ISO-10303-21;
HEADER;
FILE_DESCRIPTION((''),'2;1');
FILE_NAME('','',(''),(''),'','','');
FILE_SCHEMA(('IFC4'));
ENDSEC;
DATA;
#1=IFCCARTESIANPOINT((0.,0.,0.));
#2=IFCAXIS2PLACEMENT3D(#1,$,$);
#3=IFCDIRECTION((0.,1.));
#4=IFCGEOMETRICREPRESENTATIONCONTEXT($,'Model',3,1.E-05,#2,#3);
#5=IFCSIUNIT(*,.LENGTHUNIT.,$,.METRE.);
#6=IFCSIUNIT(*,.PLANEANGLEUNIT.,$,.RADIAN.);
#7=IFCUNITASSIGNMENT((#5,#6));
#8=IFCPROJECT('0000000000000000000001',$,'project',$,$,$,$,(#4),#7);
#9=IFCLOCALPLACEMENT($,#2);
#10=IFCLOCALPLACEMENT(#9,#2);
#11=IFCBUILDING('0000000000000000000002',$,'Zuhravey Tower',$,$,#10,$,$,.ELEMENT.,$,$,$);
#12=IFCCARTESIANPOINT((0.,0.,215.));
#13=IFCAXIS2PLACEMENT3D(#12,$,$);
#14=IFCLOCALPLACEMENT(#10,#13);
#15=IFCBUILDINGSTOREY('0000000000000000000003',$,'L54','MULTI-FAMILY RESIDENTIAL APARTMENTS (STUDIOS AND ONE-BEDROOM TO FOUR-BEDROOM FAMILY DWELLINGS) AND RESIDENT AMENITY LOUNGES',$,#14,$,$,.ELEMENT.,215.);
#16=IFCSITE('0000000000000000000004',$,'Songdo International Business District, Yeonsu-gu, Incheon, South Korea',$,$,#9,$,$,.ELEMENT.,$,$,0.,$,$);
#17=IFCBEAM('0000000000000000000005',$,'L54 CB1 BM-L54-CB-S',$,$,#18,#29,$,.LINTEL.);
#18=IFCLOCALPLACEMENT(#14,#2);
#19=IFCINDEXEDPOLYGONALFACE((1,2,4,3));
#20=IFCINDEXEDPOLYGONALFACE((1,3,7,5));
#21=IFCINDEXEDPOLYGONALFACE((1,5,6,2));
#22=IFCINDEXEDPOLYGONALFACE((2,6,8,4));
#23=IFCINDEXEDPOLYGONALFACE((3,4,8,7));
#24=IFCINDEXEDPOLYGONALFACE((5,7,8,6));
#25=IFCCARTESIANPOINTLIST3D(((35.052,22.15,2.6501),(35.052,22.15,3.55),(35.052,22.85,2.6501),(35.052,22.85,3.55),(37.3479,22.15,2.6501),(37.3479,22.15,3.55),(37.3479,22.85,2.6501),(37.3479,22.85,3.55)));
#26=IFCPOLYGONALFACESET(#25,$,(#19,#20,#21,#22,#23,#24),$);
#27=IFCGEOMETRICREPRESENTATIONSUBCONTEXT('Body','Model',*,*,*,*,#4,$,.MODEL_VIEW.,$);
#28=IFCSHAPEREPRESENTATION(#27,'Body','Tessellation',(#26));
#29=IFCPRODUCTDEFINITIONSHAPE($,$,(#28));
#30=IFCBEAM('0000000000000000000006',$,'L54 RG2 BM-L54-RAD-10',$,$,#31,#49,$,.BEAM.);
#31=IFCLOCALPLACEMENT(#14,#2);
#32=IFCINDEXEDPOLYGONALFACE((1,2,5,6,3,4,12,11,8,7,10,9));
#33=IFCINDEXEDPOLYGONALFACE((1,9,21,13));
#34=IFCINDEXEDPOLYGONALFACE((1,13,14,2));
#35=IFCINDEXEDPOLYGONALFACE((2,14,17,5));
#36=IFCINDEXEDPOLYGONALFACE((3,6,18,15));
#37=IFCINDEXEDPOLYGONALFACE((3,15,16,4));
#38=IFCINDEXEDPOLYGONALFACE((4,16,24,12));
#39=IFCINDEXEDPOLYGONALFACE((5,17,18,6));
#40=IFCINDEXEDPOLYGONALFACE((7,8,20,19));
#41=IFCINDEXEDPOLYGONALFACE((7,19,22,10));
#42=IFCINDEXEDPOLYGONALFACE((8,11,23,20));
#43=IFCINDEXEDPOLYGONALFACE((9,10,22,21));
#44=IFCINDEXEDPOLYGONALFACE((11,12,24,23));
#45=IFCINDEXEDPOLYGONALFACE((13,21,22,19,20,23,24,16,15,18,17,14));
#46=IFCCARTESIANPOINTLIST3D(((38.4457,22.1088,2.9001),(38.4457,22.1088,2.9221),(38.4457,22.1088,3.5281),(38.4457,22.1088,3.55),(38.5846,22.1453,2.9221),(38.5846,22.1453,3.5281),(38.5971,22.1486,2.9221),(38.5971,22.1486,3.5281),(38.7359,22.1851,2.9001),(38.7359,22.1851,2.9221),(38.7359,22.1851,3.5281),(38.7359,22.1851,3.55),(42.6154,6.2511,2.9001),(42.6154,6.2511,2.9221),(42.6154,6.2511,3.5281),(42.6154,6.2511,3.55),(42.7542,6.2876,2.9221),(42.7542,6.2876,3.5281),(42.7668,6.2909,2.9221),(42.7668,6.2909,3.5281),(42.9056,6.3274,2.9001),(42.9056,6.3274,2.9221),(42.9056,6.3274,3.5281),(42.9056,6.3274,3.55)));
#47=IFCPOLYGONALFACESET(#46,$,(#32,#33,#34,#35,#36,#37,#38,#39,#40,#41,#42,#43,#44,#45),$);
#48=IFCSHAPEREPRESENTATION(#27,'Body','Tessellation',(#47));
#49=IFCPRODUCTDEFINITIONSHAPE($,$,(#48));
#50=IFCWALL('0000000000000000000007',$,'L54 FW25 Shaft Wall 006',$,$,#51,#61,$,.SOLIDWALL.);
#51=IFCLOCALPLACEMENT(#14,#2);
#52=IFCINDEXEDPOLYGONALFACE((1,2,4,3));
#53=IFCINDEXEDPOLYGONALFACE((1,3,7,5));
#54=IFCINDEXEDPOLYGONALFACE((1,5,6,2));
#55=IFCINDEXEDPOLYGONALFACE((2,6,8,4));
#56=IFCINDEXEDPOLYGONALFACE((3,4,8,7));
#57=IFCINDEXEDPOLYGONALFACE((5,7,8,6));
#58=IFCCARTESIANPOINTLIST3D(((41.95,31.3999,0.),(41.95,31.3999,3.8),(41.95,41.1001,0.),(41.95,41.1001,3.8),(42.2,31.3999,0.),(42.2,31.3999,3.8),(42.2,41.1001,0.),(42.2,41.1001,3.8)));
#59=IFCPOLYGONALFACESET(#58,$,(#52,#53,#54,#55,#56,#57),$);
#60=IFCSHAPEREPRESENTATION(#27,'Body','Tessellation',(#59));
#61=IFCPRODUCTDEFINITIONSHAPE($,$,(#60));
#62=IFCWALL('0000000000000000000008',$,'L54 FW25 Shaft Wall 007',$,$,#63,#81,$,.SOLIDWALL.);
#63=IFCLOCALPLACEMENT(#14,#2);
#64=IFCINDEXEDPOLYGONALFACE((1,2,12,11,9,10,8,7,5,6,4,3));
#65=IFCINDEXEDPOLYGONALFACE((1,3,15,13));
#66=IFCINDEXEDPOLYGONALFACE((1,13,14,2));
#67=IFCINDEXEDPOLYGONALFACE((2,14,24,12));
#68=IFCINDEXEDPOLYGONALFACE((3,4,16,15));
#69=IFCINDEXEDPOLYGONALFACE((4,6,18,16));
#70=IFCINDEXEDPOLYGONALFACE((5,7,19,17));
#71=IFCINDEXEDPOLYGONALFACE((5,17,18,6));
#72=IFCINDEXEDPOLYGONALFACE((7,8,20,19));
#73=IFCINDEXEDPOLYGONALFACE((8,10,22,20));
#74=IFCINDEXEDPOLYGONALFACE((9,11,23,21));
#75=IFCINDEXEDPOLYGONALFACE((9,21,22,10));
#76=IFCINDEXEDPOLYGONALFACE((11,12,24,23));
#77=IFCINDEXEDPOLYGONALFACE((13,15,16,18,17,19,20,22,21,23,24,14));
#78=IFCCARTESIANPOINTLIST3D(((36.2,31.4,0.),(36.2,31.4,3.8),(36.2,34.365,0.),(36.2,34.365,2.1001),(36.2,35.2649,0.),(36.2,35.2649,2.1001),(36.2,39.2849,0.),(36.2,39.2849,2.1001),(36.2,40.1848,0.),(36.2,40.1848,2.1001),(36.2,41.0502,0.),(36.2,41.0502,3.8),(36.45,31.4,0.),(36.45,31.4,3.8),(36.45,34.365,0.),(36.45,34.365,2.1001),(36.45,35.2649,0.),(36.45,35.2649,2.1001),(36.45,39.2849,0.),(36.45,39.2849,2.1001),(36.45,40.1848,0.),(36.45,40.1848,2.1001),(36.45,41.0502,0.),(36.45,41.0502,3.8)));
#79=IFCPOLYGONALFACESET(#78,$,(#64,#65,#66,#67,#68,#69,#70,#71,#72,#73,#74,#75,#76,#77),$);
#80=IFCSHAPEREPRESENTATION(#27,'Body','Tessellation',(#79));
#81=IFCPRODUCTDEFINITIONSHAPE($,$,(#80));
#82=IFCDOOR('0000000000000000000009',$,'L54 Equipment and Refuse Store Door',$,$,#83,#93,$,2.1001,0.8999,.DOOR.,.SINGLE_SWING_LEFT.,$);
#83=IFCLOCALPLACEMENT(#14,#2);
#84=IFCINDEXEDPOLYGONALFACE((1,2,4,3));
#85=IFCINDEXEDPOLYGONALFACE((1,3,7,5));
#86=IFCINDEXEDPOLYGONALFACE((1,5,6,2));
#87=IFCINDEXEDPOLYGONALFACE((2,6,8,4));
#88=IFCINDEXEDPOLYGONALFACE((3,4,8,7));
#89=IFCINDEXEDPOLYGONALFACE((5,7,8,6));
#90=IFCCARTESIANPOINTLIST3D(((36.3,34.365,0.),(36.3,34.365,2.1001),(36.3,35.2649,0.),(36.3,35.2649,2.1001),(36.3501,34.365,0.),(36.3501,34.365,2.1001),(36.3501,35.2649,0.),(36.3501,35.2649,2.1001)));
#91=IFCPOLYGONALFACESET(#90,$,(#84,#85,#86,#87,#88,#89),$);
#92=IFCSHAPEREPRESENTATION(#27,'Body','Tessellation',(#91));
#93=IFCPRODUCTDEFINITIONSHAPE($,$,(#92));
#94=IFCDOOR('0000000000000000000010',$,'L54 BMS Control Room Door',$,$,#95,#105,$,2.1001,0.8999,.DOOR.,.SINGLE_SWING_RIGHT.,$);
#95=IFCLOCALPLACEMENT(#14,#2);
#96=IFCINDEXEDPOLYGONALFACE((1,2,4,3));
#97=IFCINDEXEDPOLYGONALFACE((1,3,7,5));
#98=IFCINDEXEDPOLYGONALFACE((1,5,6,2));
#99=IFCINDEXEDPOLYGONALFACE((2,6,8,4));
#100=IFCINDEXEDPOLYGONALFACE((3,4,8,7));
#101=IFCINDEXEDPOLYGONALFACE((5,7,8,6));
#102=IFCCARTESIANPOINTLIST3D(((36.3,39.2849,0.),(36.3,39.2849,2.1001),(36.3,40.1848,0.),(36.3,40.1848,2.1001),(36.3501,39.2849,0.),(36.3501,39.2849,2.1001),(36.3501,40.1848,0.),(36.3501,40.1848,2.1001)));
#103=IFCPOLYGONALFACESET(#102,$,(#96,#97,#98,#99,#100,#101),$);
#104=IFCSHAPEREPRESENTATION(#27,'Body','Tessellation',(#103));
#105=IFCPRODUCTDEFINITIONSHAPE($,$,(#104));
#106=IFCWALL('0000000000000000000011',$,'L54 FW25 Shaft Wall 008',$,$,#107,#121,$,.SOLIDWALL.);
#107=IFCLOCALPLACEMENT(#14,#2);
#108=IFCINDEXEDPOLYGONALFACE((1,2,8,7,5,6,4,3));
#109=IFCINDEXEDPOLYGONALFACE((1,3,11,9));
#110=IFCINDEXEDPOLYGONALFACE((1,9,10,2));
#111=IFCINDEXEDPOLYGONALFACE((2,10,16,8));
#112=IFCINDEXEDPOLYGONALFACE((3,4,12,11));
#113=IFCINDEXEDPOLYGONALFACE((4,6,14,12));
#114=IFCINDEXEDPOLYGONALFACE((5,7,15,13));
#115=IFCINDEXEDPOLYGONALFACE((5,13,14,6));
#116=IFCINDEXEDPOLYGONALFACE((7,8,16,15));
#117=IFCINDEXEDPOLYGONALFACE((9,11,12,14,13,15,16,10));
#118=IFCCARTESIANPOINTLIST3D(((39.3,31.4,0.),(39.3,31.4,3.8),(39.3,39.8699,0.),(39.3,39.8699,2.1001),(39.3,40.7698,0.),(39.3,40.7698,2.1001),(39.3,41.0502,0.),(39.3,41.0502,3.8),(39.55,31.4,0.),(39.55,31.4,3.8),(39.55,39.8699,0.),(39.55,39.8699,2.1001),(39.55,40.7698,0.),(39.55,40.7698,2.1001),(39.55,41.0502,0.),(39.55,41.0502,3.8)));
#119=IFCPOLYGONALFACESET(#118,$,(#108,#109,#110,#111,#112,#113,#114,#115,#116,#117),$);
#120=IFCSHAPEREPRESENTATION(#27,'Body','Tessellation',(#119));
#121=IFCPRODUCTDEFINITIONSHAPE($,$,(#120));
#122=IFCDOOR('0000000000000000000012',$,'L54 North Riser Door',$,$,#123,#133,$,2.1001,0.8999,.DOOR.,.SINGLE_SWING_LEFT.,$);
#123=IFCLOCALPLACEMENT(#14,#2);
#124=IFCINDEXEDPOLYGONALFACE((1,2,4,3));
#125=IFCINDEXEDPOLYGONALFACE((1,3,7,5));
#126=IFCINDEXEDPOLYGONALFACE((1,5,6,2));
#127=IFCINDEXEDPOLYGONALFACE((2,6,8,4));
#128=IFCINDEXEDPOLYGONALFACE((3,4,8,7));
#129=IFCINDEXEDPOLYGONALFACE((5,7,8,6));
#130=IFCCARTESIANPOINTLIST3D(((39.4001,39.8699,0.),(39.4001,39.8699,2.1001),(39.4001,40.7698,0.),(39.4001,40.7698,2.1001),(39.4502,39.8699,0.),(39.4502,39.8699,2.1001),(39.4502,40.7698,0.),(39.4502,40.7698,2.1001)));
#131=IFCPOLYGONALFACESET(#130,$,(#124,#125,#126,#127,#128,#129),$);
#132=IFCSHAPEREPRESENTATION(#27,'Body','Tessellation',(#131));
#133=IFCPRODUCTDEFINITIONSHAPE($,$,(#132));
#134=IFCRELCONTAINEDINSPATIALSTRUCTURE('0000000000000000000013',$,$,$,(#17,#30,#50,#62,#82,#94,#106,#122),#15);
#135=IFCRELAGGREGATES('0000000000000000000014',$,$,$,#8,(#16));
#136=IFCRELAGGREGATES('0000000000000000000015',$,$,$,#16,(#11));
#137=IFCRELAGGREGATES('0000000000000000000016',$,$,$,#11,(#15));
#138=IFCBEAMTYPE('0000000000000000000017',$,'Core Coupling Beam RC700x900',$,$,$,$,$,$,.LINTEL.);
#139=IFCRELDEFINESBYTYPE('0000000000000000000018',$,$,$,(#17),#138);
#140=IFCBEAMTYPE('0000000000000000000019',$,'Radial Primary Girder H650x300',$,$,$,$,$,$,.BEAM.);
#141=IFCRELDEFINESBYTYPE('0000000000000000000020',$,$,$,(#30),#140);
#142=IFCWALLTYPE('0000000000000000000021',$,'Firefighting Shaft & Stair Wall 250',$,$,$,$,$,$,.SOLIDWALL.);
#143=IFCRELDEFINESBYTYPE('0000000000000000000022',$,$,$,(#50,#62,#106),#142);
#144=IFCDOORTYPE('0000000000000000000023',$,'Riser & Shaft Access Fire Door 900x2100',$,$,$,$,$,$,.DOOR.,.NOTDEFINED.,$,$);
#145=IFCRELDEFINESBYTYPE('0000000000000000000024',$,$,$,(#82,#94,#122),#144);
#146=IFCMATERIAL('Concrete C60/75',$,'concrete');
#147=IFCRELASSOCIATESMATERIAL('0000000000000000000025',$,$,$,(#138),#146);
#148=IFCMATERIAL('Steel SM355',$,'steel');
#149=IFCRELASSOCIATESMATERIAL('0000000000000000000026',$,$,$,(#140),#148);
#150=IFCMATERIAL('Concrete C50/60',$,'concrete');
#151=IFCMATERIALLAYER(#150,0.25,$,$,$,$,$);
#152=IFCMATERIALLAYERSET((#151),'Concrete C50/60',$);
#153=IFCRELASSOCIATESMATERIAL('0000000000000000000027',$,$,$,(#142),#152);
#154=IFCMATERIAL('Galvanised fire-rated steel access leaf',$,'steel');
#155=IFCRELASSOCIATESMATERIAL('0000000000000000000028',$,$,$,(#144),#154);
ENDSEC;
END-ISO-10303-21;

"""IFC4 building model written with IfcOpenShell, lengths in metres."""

from ifc_helpers import new_model, si_unit, direction, frame, frame_2d, origin, origin_2d, place, context, subcontext, project, spatial, rectangle, i_section, extrude, material, layer, layer_set, material_profile, profile_set, type_object, element, fill, save


model = new_model("IFC4")

# Units and contexts
model_context = context("Model", 3, precision=1e-05, world=origin(), true_north=direction((0.0, 1.0)))
body_context = subcontext(model_context, "Body", "Model", "MODEL_VIEW")
ifc_project = project(units=[si_unit("LENGTHUNIT", "METRE"), si_unit("PLANEANGLEUNIT", "RADIAN")], contexts=[model_context])

# Site, building, storey
site_placement = place(None, origin())
site = spatial("IfcSite", under=ifc_project, at=site_placement, Name="Songdo International Business District, Yeonsu-gu, Incheon, South Korea", CompositionType="ELEMENT", RefElevation=0.0)
building_placement = place(site_placement, origin())
building = spatial("IfcBuilding", under=site, at=building_placement, Name="Zuhravey Tower", CompositionType="ELEMENT")
storey_placement = place(building_placement, frame((0.0, 0.0, 215.0)))
storey = spatial("IfcBuildingStorey", under=building, at=storey_placement, Name="L54", Description="MULTI-FAMILY RESIDENTIAL APARTMENTS (STUDIOS AND ONE-BEDROOM TO FOUR-BEDROOM FAMILY DWELLINGS) AND RESIDENT AMENITY LOUNGES", CompositionType="ELEMENT", Elevation=215.0)

# Beams
ifc_material_1 = material(Name="Concrete C60/75", Category="concrete")
ifc_material_profile_1 = material_profile(ifc_material_1, rectangle(XDim=0.7, YDim=0.8999, at=origin_2d()), Name="RC-700x900")
ifc_profile_set_1 = profile_set([ifc_material_profile_1], Name="Concrete C60/75")
beam_type_1 = type_object("IfcBeamType", Name="Core Coupling Beam RC700x900", PredefinedType="LINTEL", material=ifc_profile_set_1)
beam_1_placement = place(storey_placement, frame((35.052, 22.5, 3.1001), z_axis=(1.0, 0.0, 0.0), x_axis=(0.0, 1.0, 0.0)))
element("IfcBeam", 1, at=beam_1_placement, inside=storey, type_object=beam_type_1, Name="L54 CB1 BM-L54-CB-S", PredefinedType="LINTEL", context=body_context, shape_type="SweptSolid", body=[
    extrude(rectangle(XDim=0.7, YDim=0.8999, at=origin_2d()), origin(), (0.0, 0.0, 1.0), 2.2959),
])
ifc_material_2 = material(Name="Steel SM355", Category="steel")
ifc_material_profile_2 = material_profile(ifc_material_2, i_section(OverallWidth=0.3, OverallDepth=0.6499, WebThickness=0.0129, FlangeThickness=0.022, at=origin_2d()), Name="H-650x300x13x22")
ifc_profile_set_2 = profile_set([ifc_material_profile_2], Name="Steel SM355")
beam_type_2 = type_object("IfcBeamType", Name="Radial Primary Girder H650x300", PredefinedType="BEAM", material=ifc_profile_set_2)
beam_2_placement = place(storey_placement, frame((38.5908, 22.147, 3.2251), z_axis=(0.2543, -0.967125, 0.0), x_axis=(0.967125, 0.2543, 0.0)))
element("IfcBeam", 2, at=beam_2_placement, inside=storey, type_object=beam_type_2, Name="L54 RG2 BM-L54-RAD-10", PredefinedType="BEAM", context=body_context, shape_type="SweptSolid", body=[
    extrude(i_section(OverallWidth=0.3, OverallDepth=0.6499, WebThickness=0.0129, FlangeThickness=0.022, at=origin_2d()), origin(), (0.0, 0.0, 1.0), 16.3967),
])

# Shared definitions
ifc_material_3 = material(Name="Concrete C50/60", Category="concrete")
ifc_layer_1 = layer(ifc_material_3, 0.25)
ifc_layer_set_1 = layer_set([ifc_layer_1], Name="Concrete C50/60")
wall_type_1 = type_object("IfcWallType", Name="Firefighting Shaft & Stair Wall 250", PredefinedType="SOLIDWALL", material=ifc_layer_set_1)

# Wall
wall_1_placement = place(storey_placement, frame((42.075, 31.3999, 0.0), z_axis=(0.0, 0.0, 1.0), x_axis=(0.0, 1.0, 0.0)))
element("IfcWall", 3, at=wall_1_placement, inside=storey, type_object=wall_type_1, Name="L54 FW25 Shaft Wall 006", PredefinedType="SOLIDWALL", context=body_context, shape_type="SweptSolid", body=[
    extrude(rectangle(XDim=9.7002, YDim=0.25, at=frame_2d((4.8501, 0.0))), origin(), (0.0, 0.0, 1.0), 3.8),
])

# Wall, openings, doors
wall_2_placement = place(storey_placement, frame((36.325, 31.3999, 0.0), z_axis=(0.0, 0.0, 1.0), x_axis=(0.0, 1.0, 0.0)))
wall_2 = element("IfcWall", 4, at=wall_2_placement, inside=storey, type_object=wall_type_1, Name="L54 FW25 Shaft Wall 007", PredefinedType="SOLIDWALL", context=body_context, shape_type="SweptSolid", body=[
    extrude(rectangle(XDim=9.6501, YDim=0.25, at=frame_2d((4.8252, 0.0))), origin(), (0.0, 0.0, 1.0), 3.8),
])
opening_1_placement = place(wall_2_placement, frame((2.9651, 0.0, 0.0)))
opening_1 = element("IfcOpeningElement", 5, at=opening_1_placement, cuts=wall_2, PredefinedType="OPENING", context=body_context, shape_type="SweptSolid", body=[
    extrude(rectangle(XDim=0.8999, YDim=2.1001, at=frame_2d((0.45, 1.05))), frame((0.0, 0.137, 0.0), z_axis=(0.0, -1.0, 0.0), x_axis=(1.0, 0.0, 0.0)), (0.0, 0.0, 1.0), 0.2739),
])
opening_2_placement = place(wall_2_placement, frame((7.885, 0.0, 0.0)))
opening_2 = element("IfcOpeningElement", 6, at=opening_2_placement, cuts=wall_2, PredefinedType="OPENING", context=body_context, shape_type="SweptSolid", body=[
    extrude(rectangle(XDim=0.8999, YDim=2.1001, at=frame_2d((0.45, 1.05))), frame((0.0, 0.137, 0.0), z_axis=(0.0, -1.0, 0.0), x_axis=(1.0, 0.0, 0.0)), (0.0, 0.0, 1.0), 0.2739),
])
ifc_material_4 = material(Name="Galvanised fire-rated steel access leaf", Category="steel")
door_type_1 = type_object("IfcDoorType", Name="Riser & Shaft Access Fire Door 900x2100", OperationType="NOTDEFINED", PredefinedType="DOOR", material=ifc_material_4)
door_1_placement = place(opening_1_placement, origin())
door_1 = element("IfcDoor", 7, at=door_1_placement, inside=storey, type_object=door_type_1, Name="L54 Equipment and Refuse Store Door", OperationType="SINGLE_SWING_LEFT", OverallHeight=2.1001, OverallWidth=0.8999, PredefinedType="DOOR", context=body_context, shape_type="SweptSolid", body=[
    extrude(rectangle(XDim=0.8999, YDim=2.1001, at=frame_2d((0.45, 1.05))), frame((0.0, 0.0249, 0.0), z_axis=(0.0, -1.0, 0.0), x_axis=(1.0, 0.0, 0.0)), (0.0, 0.0, 1.0), 0.05),
])
fill(opening_1, door_1)
door_2_placement = place(opening_2_placement, origin())
door_2 = element("IfcDoor", 8, at=door_2_placement, inside=storey, type_object=door_type_1, Name="L54 BMS Control Room Door", OperationType="SINGLE_SWING_RIGHT", OverallHeight=2.1001, OverallWidth=0.8999, PredefinedType="DOOR", context=body_context, shape_type="SweptSolid", body=[
    extrude(rectangle(XDim=0.8999, YDim=2.1001, at=frame_2d((0.45, 1.05))), frame((0.0, 0.0249, 0.0), z_axis=(0.0, -1.0, 0.0), x_axis=(1.0, 0.0, 0.0)), (0.0, 0.0, 1.0), 0.05),
])
fill(opening_2, door_2)

# Wall, opening, door
wall_3_placement = place(storey_placement, frame((39.425, 31.3999, 0.0), z_axis=(0.0, 0.0, 1.0), x_axis=(0.0, 1.0, 0.0)))
wall_3 = element("IfcWall", 9, at=wall_3_placement, inside=storey, type_object=wall_type_1, Name="L54 FW25 Shaft Wall 008", PredefinedType="SOLIDWALL", context=body_context, shape_type="SweptSolid", body=[
    extrude(rectangle(XDim=9.6501, YDim=0.25, at=frame_2d((4.8252, 0.0))), origin(), (0.0, 0.0, 1.0), 3.8),
])
opening_3_placement = place(wall_3_placement, frame((8.47, 0.0, 0.0)))
opening_3 = element("IfcOpeningElement", 10, at=opening_3_placement, cuts=wall_3, PredefinedType="OPENING", context=body_context, shape_type="SweptSolid", body=[
    extrude(rectangle(XDim=0.8999, YDim=2.1001, at=frame_2d((0.45, 1.05))), frame((0.0, 0.137, 0.0), z_axis=(0.0, -1.0, 0.0), x_axis=(1.0, 0.0, 0.0)), (0.0, 0.0, 1.0), 0.2739),
])
door_3_placement = place(opening_3_placement, origin())
door_3 = element("IfcDoor", 11, at=door_3_placement, inside=storey, type_object=door_type_1, Name="L54 North Riser Door", OperationType="SINGLE_SWING_LEFT", OverallHeight=2.1001, OverallWidth=0.8999, PredefinedType="DOOR", context=body_context, shape_type="SweptSolid", body=[
    extrude(rectangle(XDim=0.8999, YDim=2.1001, at=frame_2d((0.45, 1.05))), frame((0.0, 0.0249, 0.0), z_axis=(0.0, -1.0, 0.0), x_axis=(1.0, 0.0, 0.0)), (0.0, 0.0, 1.0), 0.05),
])
fill(opening_3, door_3)

save(model, "model.ifc")
